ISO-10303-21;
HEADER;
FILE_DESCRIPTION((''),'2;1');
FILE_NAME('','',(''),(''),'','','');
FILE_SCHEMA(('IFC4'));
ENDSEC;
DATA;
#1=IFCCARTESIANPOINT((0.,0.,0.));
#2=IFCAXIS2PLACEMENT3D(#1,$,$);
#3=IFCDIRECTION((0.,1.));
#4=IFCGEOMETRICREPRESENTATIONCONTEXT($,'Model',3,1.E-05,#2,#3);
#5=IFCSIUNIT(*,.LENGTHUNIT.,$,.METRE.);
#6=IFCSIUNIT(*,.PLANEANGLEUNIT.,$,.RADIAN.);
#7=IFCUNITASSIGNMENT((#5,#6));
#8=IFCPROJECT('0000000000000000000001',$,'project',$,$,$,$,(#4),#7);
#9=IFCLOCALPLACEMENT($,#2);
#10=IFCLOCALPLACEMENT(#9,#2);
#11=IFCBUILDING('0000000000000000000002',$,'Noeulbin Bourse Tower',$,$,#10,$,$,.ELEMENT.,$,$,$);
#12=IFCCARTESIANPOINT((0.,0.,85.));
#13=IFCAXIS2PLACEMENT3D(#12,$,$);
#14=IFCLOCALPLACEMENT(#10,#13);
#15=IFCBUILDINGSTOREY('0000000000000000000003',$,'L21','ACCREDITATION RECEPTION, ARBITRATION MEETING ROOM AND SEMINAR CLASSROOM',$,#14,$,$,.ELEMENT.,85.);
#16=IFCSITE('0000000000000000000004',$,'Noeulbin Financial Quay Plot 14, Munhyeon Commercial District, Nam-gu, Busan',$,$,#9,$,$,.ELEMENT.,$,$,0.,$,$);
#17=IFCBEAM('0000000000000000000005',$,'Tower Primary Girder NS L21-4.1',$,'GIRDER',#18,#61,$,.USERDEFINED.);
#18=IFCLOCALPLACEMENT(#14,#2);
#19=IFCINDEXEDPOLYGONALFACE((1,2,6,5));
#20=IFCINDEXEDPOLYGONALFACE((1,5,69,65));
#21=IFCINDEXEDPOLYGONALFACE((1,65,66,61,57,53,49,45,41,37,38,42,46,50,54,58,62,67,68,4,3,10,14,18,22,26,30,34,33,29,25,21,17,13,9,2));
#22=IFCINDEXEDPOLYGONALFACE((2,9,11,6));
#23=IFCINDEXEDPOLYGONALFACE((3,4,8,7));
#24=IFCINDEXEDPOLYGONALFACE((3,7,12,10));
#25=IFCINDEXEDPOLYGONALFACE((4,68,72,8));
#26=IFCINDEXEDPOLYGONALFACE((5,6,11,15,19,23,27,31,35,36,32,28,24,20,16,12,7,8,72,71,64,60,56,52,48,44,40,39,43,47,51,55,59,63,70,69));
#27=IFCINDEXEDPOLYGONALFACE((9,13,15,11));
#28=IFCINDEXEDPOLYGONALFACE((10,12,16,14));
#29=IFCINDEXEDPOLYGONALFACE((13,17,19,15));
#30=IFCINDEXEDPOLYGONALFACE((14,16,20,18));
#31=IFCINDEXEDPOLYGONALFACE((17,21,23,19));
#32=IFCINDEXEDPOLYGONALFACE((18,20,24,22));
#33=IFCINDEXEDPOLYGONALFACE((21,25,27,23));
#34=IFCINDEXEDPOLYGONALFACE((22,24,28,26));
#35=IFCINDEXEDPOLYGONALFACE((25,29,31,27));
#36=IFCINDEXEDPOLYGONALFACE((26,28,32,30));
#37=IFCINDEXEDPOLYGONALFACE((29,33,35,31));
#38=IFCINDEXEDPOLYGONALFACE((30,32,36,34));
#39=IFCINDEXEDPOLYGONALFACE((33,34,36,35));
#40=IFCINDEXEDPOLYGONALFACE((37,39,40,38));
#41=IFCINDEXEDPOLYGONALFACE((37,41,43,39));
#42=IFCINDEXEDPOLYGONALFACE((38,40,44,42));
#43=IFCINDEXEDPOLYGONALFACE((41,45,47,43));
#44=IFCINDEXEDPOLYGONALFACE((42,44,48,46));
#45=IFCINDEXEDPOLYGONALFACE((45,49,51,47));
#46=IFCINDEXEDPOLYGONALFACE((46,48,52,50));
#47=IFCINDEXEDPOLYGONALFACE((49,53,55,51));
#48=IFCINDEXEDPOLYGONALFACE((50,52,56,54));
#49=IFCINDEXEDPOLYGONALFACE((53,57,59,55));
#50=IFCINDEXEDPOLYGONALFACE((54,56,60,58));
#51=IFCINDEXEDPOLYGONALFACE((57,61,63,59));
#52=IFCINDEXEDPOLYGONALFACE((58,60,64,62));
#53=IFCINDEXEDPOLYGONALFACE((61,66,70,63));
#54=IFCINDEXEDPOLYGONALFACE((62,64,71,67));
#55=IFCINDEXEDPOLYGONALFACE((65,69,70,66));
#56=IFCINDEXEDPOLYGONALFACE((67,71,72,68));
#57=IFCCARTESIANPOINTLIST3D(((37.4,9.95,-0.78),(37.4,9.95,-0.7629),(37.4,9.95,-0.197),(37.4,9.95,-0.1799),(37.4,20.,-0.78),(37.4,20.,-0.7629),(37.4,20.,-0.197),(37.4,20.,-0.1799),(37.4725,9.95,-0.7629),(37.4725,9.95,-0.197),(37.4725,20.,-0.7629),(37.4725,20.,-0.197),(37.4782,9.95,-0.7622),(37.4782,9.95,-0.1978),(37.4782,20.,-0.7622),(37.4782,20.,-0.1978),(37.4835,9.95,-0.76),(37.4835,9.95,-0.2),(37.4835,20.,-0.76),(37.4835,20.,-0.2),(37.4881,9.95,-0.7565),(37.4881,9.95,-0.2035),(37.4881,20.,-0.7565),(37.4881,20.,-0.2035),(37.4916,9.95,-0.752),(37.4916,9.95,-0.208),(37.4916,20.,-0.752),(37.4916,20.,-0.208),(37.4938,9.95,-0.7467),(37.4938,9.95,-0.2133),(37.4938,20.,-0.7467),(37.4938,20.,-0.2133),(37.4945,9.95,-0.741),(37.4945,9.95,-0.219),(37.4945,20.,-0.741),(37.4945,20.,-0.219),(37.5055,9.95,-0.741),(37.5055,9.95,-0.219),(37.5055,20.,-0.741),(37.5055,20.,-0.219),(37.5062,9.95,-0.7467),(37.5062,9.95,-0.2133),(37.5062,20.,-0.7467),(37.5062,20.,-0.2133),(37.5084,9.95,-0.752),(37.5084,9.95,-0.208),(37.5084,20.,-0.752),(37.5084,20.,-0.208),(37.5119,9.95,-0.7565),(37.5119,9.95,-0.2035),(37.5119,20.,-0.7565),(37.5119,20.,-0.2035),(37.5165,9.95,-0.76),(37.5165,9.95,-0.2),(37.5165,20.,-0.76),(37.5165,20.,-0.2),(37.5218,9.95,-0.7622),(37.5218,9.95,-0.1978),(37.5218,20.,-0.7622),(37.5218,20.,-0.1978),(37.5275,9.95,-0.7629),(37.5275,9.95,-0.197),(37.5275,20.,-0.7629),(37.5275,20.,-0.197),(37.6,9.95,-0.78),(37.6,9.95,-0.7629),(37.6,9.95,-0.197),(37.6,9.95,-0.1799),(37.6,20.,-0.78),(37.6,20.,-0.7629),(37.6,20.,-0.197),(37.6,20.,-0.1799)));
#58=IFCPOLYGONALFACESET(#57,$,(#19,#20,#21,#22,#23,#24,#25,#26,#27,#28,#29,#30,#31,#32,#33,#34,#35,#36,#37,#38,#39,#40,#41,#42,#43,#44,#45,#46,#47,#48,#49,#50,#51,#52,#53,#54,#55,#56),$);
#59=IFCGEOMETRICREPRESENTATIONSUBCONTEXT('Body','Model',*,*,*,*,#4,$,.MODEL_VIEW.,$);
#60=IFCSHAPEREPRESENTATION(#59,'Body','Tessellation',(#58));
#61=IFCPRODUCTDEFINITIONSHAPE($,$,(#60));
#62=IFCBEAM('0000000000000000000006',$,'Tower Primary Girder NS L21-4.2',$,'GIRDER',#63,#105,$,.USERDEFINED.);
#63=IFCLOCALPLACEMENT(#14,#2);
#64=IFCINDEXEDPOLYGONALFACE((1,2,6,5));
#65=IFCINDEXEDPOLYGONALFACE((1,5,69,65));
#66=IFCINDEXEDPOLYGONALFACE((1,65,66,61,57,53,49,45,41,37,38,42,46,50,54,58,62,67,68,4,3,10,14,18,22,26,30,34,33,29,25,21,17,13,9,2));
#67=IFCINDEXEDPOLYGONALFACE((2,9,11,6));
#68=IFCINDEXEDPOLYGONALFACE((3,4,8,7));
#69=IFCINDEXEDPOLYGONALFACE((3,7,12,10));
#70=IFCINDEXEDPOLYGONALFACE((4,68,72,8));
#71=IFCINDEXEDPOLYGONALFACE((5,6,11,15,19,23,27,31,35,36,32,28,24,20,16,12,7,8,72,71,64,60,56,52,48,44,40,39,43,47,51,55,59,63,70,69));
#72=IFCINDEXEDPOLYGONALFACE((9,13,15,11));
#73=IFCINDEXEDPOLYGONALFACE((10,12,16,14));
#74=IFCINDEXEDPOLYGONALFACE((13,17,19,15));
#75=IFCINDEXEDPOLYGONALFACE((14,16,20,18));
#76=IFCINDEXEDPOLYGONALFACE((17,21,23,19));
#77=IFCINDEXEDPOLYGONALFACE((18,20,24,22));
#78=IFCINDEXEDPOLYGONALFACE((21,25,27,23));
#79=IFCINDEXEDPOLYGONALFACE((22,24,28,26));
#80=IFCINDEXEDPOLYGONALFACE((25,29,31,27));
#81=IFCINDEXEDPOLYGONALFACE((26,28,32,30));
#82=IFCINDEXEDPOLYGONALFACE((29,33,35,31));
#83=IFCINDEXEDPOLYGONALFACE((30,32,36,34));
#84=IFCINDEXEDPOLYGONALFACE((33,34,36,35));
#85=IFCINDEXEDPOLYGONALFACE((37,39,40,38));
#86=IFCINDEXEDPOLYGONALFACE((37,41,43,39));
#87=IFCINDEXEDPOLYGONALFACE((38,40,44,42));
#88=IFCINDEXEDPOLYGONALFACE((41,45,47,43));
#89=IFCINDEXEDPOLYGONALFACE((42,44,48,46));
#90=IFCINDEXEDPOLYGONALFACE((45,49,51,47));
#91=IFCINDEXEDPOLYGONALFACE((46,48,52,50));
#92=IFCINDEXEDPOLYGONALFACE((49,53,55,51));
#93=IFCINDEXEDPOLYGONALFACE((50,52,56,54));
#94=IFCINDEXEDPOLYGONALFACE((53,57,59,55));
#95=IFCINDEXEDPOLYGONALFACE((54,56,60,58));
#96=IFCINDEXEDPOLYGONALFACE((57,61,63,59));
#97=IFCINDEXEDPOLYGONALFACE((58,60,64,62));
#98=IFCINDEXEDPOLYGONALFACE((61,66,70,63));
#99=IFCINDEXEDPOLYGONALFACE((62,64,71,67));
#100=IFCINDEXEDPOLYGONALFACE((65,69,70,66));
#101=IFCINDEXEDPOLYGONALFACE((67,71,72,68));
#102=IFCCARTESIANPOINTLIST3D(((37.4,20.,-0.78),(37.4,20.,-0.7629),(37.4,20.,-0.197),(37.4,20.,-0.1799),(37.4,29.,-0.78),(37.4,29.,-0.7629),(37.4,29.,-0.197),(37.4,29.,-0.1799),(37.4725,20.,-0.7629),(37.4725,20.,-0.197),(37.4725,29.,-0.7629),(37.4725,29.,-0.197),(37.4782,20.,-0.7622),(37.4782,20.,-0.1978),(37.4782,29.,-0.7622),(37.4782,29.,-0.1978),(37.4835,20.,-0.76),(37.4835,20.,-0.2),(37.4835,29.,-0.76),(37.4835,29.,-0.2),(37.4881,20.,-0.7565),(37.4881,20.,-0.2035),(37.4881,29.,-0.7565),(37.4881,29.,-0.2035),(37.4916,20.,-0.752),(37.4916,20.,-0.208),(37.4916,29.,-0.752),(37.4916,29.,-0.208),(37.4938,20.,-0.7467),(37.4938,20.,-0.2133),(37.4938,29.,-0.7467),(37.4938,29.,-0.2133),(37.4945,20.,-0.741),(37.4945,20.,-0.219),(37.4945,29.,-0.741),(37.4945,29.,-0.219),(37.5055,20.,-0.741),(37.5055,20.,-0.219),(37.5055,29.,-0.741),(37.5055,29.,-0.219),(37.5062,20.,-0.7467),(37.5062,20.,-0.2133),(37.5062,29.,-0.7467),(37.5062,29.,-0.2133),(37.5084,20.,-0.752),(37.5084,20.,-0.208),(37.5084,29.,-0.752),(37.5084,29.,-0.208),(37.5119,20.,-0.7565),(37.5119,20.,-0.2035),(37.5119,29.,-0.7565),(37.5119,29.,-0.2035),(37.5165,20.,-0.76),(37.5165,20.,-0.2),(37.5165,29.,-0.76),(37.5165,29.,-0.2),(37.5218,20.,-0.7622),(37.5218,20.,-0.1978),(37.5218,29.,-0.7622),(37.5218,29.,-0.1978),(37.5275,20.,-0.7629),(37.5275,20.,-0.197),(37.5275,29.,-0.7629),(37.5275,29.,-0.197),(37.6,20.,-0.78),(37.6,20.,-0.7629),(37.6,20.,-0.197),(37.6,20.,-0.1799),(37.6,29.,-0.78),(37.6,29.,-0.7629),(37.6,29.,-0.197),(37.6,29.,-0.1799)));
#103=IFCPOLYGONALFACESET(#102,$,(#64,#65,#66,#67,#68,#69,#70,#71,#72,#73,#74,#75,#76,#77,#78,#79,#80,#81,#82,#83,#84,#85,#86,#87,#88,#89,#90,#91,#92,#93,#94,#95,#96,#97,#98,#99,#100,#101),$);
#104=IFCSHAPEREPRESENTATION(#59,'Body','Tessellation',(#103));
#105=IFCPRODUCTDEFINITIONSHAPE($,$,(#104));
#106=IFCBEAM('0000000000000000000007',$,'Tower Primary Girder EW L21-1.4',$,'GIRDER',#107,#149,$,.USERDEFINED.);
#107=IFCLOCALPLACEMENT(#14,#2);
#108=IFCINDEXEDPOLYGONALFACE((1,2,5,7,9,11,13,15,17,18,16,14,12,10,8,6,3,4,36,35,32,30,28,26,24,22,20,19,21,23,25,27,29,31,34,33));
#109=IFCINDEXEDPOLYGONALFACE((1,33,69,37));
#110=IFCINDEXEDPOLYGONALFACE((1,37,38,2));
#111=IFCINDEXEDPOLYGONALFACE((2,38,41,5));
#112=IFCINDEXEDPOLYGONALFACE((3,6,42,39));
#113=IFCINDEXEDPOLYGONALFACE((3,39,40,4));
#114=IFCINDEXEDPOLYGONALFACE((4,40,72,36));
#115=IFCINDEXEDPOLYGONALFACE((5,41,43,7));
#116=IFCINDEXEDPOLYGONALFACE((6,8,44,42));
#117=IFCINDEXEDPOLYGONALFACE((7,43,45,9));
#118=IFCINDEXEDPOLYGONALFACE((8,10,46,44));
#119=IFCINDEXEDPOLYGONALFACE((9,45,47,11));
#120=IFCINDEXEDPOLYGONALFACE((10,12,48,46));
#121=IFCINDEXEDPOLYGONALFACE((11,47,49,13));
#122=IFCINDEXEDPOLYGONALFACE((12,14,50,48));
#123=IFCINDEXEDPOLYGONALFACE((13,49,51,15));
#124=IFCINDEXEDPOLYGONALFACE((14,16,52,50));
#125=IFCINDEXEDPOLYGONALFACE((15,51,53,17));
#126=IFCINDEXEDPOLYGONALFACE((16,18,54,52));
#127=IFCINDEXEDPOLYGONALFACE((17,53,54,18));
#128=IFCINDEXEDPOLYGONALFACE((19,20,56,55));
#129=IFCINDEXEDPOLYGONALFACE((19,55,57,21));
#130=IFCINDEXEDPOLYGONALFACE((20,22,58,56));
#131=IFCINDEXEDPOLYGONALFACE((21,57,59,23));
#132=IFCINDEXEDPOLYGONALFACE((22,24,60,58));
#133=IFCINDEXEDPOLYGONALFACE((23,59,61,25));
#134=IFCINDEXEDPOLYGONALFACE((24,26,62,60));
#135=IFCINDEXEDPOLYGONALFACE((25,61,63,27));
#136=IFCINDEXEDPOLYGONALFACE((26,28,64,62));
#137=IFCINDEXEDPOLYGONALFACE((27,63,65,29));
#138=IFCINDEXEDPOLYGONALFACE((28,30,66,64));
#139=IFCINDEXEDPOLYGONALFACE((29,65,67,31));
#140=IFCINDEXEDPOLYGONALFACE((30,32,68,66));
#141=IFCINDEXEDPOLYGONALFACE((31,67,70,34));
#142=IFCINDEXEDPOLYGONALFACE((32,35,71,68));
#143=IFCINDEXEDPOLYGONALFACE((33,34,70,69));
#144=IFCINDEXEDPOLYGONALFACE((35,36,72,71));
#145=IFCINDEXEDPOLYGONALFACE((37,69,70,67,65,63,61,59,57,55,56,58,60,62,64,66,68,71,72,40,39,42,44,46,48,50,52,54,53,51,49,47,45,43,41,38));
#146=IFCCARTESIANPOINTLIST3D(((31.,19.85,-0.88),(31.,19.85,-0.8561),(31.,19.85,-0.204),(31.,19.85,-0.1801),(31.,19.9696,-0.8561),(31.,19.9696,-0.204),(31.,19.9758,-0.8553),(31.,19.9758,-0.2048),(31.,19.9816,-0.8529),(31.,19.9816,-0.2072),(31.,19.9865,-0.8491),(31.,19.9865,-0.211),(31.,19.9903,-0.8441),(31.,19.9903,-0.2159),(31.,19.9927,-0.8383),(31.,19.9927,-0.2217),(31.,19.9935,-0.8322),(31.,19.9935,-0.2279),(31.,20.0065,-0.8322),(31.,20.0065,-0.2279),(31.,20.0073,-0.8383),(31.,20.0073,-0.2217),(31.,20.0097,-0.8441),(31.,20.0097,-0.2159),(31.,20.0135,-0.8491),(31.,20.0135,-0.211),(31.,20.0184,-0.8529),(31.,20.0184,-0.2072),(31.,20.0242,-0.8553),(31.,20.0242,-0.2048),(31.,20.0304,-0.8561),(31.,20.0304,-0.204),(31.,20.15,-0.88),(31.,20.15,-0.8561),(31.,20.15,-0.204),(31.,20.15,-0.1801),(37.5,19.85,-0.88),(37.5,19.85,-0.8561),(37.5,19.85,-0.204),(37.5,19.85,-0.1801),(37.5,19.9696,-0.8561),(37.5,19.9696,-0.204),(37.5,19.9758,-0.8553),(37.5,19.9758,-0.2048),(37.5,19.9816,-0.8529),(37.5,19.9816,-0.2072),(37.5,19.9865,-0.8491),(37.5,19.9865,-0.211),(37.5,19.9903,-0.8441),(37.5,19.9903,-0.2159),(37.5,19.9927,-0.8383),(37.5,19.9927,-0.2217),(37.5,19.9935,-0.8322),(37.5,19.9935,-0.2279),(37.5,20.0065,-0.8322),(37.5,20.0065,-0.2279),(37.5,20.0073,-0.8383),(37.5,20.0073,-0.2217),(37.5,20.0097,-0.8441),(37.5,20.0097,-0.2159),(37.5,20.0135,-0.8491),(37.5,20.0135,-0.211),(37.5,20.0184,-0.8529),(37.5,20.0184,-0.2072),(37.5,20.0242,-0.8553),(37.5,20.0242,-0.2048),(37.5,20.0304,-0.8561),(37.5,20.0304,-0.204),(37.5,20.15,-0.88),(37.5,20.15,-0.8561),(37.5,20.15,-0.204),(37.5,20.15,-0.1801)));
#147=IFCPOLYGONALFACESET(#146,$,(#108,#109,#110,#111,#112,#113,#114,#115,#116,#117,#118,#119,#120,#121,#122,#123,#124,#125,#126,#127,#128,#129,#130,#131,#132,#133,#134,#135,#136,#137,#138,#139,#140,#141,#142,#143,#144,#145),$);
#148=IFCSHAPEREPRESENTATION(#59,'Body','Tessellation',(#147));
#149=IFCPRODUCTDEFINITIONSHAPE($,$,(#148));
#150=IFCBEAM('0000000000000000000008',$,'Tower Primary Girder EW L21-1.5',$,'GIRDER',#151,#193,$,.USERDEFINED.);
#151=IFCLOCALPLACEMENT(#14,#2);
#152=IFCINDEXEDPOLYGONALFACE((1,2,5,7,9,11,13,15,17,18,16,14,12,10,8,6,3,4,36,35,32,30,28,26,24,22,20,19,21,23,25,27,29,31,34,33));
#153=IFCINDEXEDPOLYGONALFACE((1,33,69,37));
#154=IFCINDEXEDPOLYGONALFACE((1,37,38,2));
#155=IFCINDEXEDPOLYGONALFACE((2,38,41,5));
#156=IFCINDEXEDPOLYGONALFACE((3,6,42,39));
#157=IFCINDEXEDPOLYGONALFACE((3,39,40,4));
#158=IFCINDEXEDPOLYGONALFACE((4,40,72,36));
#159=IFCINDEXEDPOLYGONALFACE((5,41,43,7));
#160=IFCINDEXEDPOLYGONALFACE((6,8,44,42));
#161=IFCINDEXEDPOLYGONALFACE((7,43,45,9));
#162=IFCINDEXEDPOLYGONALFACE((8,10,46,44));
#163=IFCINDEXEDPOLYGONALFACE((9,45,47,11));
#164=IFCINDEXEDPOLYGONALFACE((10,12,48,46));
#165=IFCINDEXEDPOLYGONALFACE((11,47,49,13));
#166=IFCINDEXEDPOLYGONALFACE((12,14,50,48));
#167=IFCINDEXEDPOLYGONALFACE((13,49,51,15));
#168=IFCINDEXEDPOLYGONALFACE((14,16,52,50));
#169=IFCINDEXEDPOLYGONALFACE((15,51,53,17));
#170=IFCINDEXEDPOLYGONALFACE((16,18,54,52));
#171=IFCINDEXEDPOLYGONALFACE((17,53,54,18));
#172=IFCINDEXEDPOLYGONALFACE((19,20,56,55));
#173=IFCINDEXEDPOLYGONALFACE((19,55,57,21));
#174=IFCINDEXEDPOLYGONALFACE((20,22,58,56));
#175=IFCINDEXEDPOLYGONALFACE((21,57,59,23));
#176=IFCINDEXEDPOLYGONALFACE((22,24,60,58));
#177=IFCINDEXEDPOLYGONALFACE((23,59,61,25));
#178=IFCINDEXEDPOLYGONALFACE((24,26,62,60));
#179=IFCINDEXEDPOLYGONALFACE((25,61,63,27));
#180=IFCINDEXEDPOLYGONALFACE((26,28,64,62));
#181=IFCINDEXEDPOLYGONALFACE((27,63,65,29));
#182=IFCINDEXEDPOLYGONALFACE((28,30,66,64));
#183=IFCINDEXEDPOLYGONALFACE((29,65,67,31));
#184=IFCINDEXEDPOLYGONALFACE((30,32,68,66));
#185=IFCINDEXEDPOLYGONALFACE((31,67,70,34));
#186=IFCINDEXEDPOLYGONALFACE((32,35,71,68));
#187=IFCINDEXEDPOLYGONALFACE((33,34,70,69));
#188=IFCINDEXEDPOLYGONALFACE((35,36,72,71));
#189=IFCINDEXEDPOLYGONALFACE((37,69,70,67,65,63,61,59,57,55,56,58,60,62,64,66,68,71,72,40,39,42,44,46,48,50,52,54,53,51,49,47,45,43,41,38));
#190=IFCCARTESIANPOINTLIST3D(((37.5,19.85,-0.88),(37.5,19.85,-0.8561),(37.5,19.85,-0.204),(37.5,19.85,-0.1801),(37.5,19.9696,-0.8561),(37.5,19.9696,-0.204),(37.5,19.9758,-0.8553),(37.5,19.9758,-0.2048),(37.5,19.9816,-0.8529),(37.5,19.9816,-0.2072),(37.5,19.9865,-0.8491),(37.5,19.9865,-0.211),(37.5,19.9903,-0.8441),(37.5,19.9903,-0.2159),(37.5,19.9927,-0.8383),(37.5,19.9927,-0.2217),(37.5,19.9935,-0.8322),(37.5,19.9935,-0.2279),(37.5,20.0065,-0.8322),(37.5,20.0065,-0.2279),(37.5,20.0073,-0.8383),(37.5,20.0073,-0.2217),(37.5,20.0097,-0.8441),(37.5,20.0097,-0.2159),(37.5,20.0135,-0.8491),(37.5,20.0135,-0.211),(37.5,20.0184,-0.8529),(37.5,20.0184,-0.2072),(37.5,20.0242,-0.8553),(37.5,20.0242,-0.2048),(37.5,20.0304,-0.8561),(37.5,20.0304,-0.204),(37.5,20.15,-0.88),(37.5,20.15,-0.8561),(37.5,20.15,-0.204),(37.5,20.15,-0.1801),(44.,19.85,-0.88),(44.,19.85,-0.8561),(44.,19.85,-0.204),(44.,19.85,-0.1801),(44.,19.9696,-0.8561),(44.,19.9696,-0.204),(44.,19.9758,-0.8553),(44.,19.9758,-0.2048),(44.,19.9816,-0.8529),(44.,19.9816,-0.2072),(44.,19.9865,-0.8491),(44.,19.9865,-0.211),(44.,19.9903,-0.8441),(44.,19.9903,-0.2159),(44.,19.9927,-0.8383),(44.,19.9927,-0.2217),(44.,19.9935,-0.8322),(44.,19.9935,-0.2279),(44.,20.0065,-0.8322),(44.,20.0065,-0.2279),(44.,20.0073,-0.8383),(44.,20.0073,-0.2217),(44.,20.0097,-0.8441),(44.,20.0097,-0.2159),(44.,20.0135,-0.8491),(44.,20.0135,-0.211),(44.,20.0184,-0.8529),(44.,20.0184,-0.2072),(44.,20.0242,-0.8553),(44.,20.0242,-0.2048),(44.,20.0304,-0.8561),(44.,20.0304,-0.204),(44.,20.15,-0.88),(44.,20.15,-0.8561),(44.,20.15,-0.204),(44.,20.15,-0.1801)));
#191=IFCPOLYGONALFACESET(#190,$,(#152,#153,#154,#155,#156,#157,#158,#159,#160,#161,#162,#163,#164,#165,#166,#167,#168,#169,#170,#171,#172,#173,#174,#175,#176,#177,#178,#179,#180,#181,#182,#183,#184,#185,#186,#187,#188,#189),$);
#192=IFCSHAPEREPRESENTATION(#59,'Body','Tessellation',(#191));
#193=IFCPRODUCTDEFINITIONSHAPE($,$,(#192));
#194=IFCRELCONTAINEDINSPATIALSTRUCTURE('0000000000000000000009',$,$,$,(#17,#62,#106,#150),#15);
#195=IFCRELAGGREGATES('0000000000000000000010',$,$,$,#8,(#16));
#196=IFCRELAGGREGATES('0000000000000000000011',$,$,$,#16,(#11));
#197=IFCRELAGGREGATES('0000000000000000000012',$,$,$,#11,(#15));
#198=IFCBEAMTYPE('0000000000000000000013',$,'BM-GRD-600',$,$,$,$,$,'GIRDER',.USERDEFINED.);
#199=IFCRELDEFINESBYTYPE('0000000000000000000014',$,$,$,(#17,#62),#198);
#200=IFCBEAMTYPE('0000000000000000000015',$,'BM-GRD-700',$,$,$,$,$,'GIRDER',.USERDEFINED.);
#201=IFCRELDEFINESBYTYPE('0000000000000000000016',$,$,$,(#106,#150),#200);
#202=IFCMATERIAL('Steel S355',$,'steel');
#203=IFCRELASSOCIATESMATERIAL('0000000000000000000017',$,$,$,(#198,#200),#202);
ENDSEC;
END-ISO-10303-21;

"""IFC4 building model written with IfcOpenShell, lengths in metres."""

from ifc_helpers import new_model, si_unit, direction, frame, origin, origin_2d, place, context, subcontext, project, spatial, i_section, extrude, material, material_profile, profile_set, type_object, element, save


model = new_model("IFC4")

# Units and contexts
model_context = context("Model", 3, precision=1e-05, world=origin(), true_north=direction((0.0, 1.0)))
body_context = subcontext(model_context, "Body", "Model", "MODEL_VIEW")
ifc_project = project(units=[si_unit("LENGTHUNIT", "METRE"), si_unit("PLANEANGLEUNIT", "RADIAN")], contexts=[model_context])

# Site, building, storey
site_placement = place(None, origin())
site = spatial("IfcSite", under=ifc_project, at=site_placement, Name="Noeulbin Financial Quay Plot 14, Munhyeon Commercial District, Nam-gu, Busan", CompositionType="ELEMENT", RefElevation=0.0)
building_placement = place(site_placement, origin())
building = spatial("IfcBuilding", under=site, at=building_placement, Name="Noeulbin Bourse Tower", CompositionType="ELEMENT")
storey_placement = place(building_placement, frame((0.0, 0.0, 85.0)))
storey = spatial("IfcBuildingStorey", under=building, at=storey_placement, Name="L21", Description="ACCREDITATION RECEPTION, ARBITRATION MEETING ROOM AND SEMINAR CLASSROOM", CompositionType="ELEMENT", Elevation=85.0)

# Beams
ifc_material_1 = material(Name="Steel S355", Category="steel")
ifc_material_profile_1 = material_profile(ifc_material_1, i_section(OverallWidth=0.2, OverallDepth=0.6001, WebThickness=0.011, FlangeThickness=0.0171, FilletRadius=0.022, at=origin_2d()), Name="H-600x200x11x17", Category="LoadBearing")
ifc_profile_set_1 = profile_set([ifc_material_profile_1], Name="Steel S355")
beam_type_1 = type_object("IfcBeamType", Name="BM-GRD-600", ElementType="GIRDER", PredefinedType="USERDEFINED", material=ifc_profile_set_1)
beam_1_placement = place(storey_placement, frame((37.5, 9.95, -0.48), z_axis=(0.0, 1.0, 0.0), x_axis=(-1.0, 0.0, 0.0)))
element("IfcBeam", 1, at=beam_1_placement, inside=storey, type_object=beam_type_1, Name="Tower Primary Girder NS L21-4.1", ObjectType="GIRDER", PredefinedType="USERDEFINED", context=body_context, shape_type="SweptSolid", body=[
    extrude(i_section(OverallWidth=0.2, OverallDepth=0.6001, WebThickness=0.011, FlangeThickness=0.0171, FilletRadius=0.022, at=origin_2d()), origin(), (0.0, 0.0, 1.0), 10.05),
])
beam_2_placement = place(storey_placement, frame((37.5, 20.0, -0.48), z_axis=(0.0, 1.0, 0.0), x_axis=(-1.0, 0.0, 0.0)))
element("IfcBeam", 2, at=beam_2_placement, inside=storey, type_object=beam_type_1, Name="Tower Primary Girder NS L21-4.2", ObjectType="GIRDER", PredefinedType="USERDEFINED", context=body_context, shape_type="SweptSolid", body=[
    extrude(i_section(OverallWidth=0.2, OverallDepth=0.6001, WebThickness=0.011, FlangeThickness=0.0171, FilletRadius=0.022, at=origin_2d()), origin(), (0.0, 0.0, 1.0), 9.0),
])
ifc_material_profile_2 = material_profile(ifc_material_1, i_section(OverallWidth=0.3, OverallDepth=0.7, WebThickness=0.0129, FlangeThickness=0.0239, FilletRadius=0.0239, at=origin_2d()), Name="H-700x300x13x24", Category="LoadBearing")
ifc_profile_set_2 = profile_set([ifc_material_profile_2], Name="Steel S355")
beam_type_2 = type_object("IfcBeamType", Name="BM-GRD-700", ElementType="GIRDER", PredefinedType="USERDEFINED", material=ifc_profile_set_2)
for number, where, z_axis, x_axis, name in (
    (3, (31.0, 20.0, -0.53), (1.0, 0.0, 0.0), (0.0, 1.0, 0.0), "Tower Primary Girder EW L21-1.4"),
    (4, (37.5, 20.0, -0.53), (1.0, 0.0, 0.0), (0.0, 1.0, 0.0), "Tower Primary Girder EW L21-1.5"),
):
    element("IfcBeam", number, at=place(storey_placement, frame(where, z_axis=z_axis, x_axis=x_axis)), inside=storey, type_object=beam_type_2, Name=name, ObjectType="GIRDER", PredefinedType="USERDEFINED", context=body_context, shape_type="SweptSolid", body=[
        extrude(i_section(OverallWidth=0.3, OverallDepth=0.7, WebThickness=0.0129, FlangeThickness=0.0239, FilletRadius=0.0239, at=origin_2d()), origin(), (0.0, 0.0, 1.0), 6.5),
    ])

save(model, "model.ifc")
